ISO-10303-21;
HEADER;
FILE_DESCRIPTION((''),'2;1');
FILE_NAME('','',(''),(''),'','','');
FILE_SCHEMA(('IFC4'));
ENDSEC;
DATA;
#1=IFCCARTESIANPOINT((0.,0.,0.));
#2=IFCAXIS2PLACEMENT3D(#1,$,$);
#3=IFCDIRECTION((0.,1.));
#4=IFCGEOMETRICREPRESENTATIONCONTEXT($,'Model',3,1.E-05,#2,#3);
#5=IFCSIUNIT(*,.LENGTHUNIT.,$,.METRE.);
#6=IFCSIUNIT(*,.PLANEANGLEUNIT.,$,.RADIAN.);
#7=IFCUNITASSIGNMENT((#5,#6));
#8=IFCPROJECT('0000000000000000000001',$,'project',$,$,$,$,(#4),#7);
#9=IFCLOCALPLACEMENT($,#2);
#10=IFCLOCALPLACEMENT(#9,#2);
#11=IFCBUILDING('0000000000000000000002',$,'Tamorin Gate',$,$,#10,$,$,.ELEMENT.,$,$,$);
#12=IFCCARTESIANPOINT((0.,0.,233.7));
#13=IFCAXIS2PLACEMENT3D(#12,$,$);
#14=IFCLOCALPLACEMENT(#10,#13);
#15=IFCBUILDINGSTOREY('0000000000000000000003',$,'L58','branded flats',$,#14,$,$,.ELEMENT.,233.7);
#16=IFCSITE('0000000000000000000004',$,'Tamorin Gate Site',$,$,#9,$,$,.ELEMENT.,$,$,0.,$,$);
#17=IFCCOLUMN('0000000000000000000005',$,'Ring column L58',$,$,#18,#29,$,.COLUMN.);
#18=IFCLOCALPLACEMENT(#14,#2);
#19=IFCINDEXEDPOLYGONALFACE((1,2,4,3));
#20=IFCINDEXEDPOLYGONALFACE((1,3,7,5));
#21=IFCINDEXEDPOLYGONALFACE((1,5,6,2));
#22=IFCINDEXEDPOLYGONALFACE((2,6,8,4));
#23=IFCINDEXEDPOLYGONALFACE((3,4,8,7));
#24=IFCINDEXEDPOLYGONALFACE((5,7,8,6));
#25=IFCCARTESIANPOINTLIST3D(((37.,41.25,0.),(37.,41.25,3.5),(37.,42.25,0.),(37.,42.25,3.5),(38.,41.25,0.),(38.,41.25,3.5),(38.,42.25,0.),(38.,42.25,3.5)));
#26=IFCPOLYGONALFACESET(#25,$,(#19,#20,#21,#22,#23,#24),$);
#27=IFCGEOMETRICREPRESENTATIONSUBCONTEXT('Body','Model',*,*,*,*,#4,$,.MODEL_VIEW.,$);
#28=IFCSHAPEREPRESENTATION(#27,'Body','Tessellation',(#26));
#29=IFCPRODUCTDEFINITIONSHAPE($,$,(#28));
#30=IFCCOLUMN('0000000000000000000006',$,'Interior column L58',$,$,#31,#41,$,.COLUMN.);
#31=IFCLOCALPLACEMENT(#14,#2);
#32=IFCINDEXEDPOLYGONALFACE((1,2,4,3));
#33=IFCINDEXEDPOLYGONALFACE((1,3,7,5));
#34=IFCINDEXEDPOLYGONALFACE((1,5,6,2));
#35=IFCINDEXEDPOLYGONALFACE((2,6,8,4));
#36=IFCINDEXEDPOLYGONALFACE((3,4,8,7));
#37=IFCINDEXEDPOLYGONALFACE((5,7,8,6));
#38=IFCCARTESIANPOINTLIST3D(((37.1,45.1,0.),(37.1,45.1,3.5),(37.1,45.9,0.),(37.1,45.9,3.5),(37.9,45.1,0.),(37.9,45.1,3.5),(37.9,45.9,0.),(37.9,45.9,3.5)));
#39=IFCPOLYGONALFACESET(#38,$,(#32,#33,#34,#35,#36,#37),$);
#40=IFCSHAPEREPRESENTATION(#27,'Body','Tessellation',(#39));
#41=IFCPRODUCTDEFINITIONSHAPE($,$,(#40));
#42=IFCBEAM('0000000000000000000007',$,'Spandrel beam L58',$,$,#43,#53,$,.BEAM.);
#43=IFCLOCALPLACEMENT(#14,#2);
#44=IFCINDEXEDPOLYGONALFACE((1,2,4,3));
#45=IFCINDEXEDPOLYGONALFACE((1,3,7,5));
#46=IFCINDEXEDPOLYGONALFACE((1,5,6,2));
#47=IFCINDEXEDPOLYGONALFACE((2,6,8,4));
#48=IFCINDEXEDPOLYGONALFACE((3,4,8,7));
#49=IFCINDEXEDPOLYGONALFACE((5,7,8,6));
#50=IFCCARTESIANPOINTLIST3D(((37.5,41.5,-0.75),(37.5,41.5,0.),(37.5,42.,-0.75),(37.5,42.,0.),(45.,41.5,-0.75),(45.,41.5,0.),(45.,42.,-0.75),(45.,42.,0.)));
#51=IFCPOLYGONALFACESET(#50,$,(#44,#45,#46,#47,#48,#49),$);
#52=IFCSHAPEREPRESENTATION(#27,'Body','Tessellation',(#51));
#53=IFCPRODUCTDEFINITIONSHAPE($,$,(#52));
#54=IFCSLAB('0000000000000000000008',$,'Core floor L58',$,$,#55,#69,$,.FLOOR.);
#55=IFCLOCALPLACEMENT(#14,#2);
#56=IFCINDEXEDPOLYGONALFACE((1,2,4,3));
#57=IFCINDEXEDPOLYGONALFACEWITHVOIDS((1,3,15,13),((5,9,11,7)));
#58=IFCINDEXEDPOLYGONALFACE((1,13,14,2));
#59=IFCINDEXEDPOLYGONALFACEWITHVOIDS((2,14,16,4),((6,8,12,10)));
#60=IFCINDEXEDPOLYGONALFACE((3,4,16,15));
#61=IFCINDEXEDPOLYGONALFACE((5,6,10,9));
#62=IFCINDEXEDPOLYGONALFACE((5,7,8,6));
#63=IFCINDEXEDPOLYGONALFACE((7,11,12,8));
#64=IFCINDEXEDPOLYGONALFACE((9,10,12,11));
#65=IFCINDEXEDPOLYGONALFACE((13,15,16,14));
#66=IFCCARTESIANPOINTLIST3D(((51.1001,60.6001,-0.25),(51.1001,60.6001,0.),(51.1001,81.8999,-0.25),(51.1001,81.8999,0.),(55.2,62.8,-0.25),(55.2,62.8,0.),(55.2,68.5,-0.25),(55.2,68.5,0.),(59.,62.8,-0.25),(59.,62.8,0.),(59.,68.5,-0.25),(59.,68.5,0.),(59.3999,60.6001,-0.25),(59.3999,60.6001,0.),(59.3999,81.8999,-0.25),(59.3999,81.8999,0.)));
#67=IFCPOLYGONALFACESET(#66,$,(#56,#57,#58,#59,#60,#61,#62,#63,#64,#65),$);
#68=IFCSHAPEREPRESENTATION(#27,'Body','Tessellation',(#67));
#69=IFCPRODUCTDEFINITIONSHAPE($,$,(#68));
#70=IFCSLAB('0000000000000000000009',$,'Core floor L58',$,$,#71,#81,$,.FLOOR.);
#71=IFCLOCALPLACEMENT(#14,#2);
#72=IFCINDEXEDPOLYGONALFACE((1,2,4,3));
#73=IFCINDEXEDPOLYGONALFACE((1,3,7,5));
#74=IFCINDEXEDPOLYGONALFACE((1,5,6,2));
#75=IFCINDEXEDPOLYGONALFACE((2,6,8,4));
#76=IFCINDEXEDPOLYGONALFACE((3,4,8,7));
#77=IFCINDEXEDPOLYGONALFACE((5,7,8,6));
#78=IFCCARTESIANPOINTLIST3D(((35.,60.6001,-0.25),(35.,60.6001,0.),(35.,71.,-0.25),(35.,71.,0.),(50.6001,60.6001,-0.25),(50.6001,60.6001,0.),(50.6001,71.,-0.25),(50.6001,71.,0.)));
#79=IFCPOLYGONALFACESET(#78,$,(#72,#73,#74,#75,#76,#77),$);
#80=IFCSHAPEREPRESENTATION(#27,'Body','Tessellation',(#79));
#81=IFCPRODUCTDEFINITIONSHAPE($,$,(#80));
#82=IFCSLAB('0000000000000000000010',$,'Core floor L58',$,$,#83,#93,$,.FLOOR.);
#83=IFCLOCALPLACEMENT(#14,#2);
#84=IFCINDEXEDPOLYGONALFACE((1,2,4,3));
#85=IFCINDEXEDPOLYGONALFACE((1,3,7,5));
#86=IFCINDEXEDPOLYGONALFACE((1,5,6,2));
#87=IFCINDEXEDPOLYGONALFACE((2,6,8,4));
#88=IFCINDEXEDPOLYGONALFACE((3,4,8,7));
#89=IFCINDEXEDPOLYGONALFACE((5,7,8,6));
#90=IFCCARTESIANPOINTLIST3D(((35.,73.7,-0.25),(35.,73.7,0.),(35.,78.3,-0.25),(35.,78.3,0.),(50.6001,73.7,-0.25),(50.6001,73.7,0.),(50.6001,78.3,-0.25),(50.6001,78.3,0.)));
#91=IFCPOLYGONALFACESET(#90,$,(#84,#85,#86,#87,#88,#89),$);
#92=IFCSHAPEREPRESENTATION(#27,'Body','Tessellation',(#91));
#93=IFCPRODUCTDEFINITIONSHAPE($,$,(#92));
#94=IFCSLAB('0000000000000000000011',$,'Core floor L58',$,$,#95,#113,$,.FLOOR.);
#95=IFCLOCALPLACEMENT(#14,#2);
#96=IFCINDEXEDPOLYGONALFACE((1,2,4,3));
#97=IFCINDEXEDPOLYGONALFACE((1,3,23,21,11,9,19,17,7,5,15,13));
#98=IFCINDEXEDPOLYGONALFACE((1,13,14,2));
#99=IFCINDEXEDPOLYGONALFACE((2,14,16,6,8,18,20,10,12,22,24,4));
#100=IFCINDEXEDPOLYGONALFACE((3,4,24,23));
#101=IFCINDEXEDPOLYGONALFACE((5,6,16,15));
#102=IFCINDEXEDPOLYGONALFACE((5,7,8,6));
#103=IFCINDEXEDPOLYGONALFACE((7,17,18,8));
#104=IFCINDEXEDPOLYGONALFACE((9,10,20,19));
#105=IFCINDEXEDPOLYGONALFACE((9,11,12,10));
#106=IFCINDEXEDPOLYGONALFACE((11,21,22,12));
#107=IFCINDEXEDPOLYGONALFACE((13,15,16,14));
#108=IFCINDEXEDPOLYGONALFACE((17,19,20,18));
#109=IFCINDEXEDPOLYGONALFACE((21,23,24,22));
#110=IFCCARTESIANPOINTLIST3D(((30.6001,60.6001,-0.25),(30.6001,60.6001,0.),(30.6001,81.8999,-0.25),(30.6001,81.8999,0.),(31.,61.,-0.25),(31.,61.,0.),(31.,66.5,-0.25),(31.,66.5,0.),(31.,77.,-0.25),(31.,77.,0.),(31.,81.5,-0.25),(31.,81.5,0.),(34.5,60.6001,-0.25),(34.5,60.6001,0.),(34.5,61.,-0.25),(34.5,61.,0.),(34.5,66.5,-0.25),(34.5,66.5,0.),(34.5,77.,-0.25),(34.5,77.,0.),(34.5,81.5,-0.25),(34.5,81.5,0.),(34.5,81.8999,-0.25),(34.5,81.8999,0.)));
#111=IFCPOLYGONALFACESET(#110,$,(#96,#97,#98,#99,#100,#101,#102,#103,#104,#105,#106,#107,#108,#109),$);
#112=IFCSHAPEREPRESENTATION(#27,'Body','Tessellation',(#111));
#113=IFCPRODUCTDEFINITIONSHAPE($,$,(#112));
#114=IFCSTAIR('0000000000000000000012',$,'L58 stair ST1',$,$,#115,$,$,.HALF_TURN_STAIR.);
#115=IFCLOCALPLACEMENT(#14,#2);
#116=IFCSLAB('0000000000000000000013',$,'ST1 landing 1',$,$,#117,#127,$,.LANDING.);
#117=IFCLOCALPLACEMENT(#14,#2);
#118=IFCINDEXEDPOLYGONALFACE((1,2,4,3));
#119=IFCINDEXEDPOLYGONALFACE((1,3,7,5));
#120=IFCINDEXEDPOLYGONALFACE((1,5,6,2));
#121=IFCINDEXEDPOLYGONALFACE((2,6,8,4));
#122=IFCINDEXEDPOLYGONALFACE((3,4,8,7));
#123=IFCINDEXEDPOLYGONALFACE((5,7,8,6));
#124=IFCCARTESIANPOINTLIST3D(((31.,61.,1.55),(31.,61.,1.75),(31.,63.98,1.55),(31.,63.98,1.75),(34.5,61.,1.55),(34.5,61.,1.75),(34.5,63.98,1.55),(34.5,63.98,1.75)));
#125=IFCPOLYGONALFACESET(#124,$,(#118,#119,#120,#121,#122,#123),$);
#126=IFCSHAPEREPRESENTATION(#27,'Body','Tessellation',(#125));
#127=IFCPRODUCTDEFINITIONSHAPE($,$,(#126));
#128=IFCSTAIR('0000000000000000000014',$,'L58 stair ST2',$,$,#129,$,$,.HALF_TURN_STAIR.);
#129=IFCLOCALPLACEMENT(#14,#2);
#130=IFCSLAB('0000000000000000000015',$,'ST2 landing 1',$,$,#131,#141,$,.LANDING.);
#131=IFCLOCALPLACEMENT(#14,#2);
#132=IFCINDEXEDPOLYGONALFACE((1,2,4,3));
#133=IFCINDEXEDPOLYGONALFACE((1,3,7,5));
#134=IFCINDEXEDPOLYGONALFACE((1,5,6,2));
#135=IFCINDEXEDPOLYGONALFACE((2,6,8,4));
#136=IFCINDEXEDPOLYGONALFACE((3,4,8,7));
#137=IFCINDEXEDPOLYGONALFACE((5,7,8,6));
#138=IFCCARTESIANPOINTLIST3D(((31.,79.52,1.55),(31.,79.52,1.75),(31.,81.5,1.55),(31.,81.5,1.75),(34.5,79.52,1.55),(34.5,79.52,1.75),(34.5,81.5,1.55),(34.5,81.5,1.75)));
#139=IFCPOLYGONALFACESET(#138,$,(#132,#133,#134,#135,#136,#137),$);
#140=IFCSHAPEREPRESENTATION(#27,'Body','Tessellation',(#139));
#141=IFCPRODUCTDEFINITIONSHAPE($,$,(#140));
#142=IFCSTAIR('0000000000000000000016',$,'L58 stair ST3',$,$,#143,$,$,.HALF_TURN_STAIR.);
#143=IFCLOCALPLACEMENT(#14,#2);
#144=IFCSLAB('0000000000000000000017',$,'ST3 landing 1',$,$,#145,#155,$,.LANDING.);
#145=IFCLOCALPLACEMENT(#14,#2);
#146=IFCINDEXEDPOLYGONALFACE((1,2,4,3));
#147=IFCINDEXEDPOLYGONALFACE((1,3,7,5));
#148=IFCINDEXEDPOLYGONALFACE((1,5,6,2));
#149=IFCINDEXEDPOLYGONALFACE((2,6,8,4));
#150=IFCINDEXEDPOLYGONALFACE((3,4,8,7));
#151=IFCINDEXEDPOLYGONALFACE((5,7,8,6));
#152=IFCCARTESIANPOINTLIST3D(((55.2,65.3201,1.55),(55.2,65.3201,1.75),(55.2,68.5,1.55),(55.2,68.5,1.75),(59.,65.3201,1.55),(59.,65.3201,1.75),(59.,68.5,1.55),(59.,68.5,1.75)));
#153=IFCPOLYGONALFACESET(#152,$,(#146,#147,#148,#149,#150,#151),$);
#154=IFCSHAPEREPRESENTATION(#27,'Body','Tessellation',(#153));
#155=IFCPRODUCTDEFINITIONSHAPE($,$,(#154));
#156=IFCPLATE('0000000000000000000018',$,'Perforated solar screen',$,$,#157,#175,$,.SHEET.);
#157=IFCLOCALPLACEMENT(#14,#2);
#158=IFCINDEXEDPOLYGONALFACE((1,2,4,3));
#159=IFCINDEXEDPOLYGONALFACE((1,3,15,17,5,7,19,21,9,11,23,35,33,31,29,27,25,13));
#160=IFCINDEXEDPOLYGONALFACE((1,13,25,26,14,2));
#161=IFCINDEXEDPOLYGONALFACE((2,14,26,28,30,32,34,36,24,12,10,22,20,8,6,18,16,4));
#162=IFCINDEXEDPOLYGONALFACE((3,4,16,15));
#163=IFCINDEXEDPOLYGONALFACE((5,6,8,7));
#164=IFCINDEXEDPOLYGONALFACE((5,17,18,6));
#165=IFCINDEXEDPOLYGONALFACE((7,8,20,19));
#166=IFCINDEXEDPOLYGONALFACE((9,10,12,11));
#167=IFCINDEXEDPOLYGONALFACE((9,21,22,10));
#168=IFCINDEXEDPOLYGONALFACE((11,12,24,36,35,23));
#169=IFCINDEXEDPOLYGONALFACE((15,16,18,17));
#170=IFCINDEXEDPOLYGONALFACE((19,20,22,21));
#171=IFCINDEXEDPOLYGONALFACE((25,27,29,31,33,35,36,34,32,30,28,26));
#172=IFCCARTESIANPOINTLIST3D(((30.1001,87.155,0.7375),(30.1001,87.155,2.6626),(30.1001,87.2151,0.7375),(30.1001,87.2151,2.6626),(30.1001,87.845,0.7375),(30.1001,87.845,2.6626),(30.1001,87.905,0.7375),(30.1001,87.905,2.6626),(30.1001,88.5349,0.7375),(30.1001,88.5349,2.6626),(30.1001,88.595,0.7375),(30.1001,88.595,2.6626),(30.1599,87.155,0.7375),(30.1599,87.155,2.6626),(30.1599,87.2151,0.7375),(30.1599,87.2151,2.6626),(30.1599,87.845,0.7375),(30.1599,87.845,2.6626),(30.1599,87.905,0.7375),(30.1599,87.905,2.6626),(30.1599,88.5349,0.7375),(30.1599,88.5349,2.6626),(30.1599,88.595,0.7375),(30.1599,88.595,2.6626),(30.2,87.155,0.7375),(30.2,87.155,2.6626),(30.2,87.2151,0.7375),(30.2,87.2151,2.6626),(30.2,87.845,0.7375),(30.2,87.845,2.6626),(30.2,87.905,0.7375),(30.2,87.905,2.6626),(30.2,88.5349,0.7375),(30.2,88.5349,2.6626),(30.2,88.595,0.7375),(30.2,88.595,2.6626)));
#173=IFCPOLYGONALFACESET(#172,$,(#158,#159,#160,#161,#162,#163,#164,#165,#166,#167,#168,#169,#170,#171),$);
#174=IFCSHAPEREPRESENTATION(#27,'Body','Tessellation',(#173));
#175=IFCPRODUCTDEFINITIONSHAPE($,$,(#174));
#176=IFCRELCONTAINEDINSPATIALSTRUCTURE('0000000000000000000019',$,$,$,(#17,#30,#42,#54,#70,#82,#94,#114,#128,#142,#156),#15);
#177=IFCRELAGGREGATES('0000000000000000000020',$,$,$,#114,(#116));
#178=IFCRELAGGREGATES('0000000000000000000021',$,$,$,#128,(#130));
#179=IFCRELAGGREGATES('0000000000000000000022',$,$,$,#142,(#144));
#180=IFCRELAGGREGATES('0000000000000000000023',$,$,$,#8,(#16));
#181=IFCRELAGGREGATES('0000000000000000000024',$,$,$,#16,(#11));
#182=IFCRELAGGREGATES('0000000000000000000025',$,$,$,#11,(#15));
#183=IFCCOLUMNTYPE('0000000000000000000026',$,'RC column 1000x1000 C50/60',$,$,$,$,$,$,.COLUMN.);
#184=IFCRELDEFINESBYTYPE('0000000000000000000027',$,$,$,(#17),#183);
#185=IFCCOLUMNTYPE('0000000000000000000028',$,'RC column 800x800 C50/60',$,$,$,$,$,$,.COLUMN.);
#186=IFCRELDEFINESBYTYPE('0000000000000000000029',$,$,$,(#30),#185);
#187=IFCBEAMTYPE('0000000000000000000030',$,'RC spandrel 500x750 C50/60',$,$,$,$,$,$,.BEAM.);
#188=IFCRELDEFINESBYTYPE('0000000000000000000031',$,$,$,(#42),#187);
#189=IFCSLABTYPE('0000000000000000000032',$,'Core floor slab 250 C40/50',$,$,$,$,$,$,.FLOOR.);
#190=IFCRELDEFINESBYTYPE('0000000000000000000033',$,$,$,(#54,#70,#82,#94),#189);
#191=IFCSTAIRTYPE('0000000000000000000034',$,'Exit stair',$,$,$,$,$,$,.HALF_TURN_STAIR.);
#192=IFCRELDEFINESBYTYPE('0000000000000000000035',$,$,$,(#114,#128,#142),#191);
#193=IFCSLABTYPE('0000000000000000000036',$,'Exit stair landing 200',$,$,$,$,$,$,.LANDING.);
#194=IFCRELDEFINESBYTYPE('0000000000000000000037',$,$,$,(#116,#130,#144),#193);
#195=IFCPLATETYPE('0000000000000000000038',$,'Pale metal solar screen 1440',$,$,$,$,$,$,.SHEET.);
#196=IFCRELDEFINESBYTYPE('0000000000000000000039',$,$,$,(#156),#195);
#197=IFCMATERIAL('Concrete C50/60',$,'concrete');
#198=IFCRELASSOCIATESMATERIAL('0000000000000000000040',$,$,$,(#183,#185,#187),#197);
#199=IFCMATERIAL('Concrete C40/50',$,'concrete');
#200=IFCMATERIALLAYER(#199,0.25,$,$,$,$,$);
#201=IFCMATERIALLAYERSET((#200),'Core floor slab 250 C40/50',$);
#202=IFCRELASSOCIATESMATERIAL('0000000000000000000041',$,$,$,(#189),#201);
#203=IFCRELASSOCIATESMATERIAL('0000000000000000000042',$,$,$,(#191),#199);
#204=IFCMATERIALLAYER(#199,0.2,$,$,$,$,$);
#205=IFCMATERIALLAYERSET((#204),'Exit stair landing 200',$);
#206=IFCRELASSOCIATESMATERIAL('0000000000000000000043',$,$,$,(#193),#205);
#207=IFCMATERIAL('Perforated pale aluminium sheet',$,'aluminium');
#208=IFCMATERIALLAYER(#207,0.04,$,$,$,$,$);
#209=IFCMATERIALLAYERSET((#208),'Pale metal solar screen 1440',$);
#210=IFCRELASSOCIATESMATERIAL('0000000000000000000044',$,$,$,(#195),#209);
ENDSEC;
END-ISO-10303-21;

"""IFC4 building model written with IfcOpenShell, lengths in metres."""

from ifc_helpers import new_model, si_unit, direction, frame, origin, origin_2d, place, context, subcontext, project, spatial, polyline, rectangle, outline, extrude, material, layer, layer_set, material_profile, profile_set, type_object, element, aggregate, save


model = new_model("IFC4")

# Units and contexts
model_context = context("Model", 3, precision=1e-05, world=origin(), true_north=direction((0.0, 1.0)))
body_context = subcontext(model_context, "Body", "Model", "MODEL_VIEW")
ifc_project = project(units=[si_unit("LENGTHUNIT", "METRE"), si_unit("PLANEANGLEUNIT", "RADIAN")], contexts=[model_context])

# Site, building, storey
site_placement = place(None, origin())
site = spatial("IfcSite", under=ifc_project, at=site_placement, Name="Tamorin Gate Site", CompositionType="ELEMENT", RefElevation=0.0)
building_placement = place(site_placement, origin())
building = spatial("IfcBuilding", under=site, at=building_placement, Name="Tamorin Gate", CompositionType="ELEMENT")
storey_placement = place(building_placement, frame((0.0, 0.0, 233.7)))
storey = spatial("IfcBuildingStorey", under=building, at=storey_placement, Name="L58", Description="branded flats", CompositionType="ELEMENT", Elevation=233.7)

# Columns
ifc_material_1 = material(Name="Concrete C50/60", Category="concrete")
ifc_material_profile_1 = material_profile(ifc_material_1, rectangle(XDim=1.0, YDim=1.0, at=origin_2d()), Name="RC 1000x1000")
ifc_profile_set_1 = profile_set([ifc_material_profile_1], Name="Concrete C50/60")
column_type_1 = type_object("IfcColumnType", Name="RC column 1000x1000 C50/60", PredefinedType="COLUMN", material=ifc_profile_set_1)
column_1_placement = place(storey_placement, frame((37.5, 41.75, 0.0), z_axis=(0.0, 0.0, 1.0), x_axis=(1.0, 0.0, 0.0)))
element("IfcColumn", 1, at=column_1_placement, inside=storey, type_object=column_type_1, Name="Ring column L58", PredefinedType="COLUMN", context=body_context, shape_type="SweptSolid", body=[
    extrude(rectangle(XDim=1.0, YDim=1.0, at=origin_2d()), origin(), (0.0, 0.0, 1.0), 3.5),
])
ifc_material_profile_2 = material_profile(ifc_material_1, rectangle(XDim=0.8, YDim=0.8, at=origin_2d()), Name="RC 800x800")
ifc_profile_set_2 = profile_set([ifc_material_profile_2], Name="Concrete C50/60")
column_type_2 = type_object("IfcColumnType", Name="RC column 800x800 C50/60", PredefinedType="COLUMN", material=ifc_profile_set_2)
column_2_placement = place(storey_placement, frame((37.5, 45.5, 0.0), z_axis=(0.0, 0.0, 1.0), x_axis=(1.0, 0.0, 0.0)))
element("IfcColumn", 2, at=column_2_placement, inside=storey, type_object=column_type_2, Name="Interior column L58", PredefinedType="COLUMN", context=body_context, shape_type="SweptSolid", body=[
    extrude(rectangle(XDim=0.8, YDim=0.8, at=origin_2d()), origin(), (0.0, 0.0, 1.0), 3.5),
])

# Beam
ifc_material_profile_3 = material_profile(ifc_material_1, rectangle(XDim=0.5, YDim=0.75, at=origin_2d()), Name="RC 500x750")
ifc_profile_set_3 = profile_set([ifc_material_profile_3], Name="Concrete C50/60")
beam_type = type_object("IfcBeamType", Name="RC spandrel 500x750 C50/60", PredefinedType="BEAM", material=ifc_profile_set_3)
beam_placement = place(storey_placement, frame((37.5, 41.75, -0.375), z_axis=(1.0, 0.0, 0.0), x_axis=(0.0, 1.0, 0.0)))
element("IfcBeam", 3, at=beam_placement, inside=storey, type_object=beam_type, Name="Spandrel beam L58", PredefinedType="BEAM", context=body_context, shape_type="SweptSolid", body=[
    extrude(rectangle(XDim=0.5, YDim=0.75, at=origin_2d()), origin(), (0.0, 0.0, 1.0), 7.5),
])

# Slabs
ifc_material_2 = material(Name="Concrete C40/50", Category="concrete")
ifc_layer_1 = layer(ifc_material_2, 0.25)
ifc_layer_set_1 = layer_set([ifc_layer_1], Name="Core floor slab 250 C40/50")
slab_type_1 = type_object("IfcSlabType", Name="Core floor slab 250 C40/50", PredefinedType="FLOOR", material=ifc_layer_set_1)
slab_1_placement = place(storey_placement, frame((0.0, 0.0, -0.25)))
element("IfcSlab", 4, at=slab_1_placement, inside=storey, type_object=slab_type_1, Name="Core floor L58", PredefinedType="FLOOR", context=body_context, shape_type="SweptSolid", body=[
    extrude(outline(polyline([(51.1001, 81.8999), (59.3999, 81.8999), (59.3999, 60.6001), (51.1001, 60.6001), (51.1001, 81.8999)]), holes=[polyline([(55.2, 62.8), (59.0, 62.8), (59.0, 68.5), (55.2, 68.5), (55.2, 62.8)])]), origin(), (0.0, 0.0, 1.0), 0.25),
])
slab_2_placement = place(storey_placement, frame((0.0, 0.0, -0.25)))
element("IfcSlab", 5, at=slab_2_placement, inside=storey, type_object=slab_type_1, Name="Core floor L58", PredefinedType="FLOOR", context=body_context, shape_type="SweptSolid", body=[
    extrude(outline(polyline([(50.6001, 71.0), (50.6001, 60.6001), (35.0, 60.6001), (35.0, 71.0), (50.6001, 71.0)])), origin(), (0.0, 0.0, 1.0), 0.25),
])
slab_3_placement = place(storey_placement, frame((0.0, 0.0, -0.25)))
element("IfcSlab", 6, at=slab_3_placement, inside=storey, type_object=slab_type_1, Name="Core floor L58", PredefinedType="FLOOR", context=body_context, shape_type="SweptSolid", body=[
    extrude(outline(polyline([(50.6001, 73.7), (35.0, 73.7), (35.0, 78.3), (50.6001, 78.3), (50.6001, 73.7)])), origin(), (0.0, 0.0, 1.0), 0.25),
])
slab_4_placement = place(storey_placement, frame((0.0, 0.0, -0.25)))
element("IfcSlab", 7, at=slab_4_placement, inside=storey, type_object=slab_type_1, Name="Core floor L58", PredefinedType="FLOOR", context=body_context, shape_type="SweptSolid", body=[
    extrude(outline(polyline([(34.5, 60.6001), (30.6001, 60.6001), (30.6001, 81.8999), (34.5, 81.8999), (34.5, 81.5), (31.0, 81.5), (31.0, 77.0), (34.5, 77.0), (34.5, 66.5), (31.0, 66.5), (31.0, 61.0), (34.5, 61.0), (34.5, 60.6001)])), origin(), (0.0, 0.0, 1.0), 0.25),
])

# Stairs, slabs
stair_type = type_object("IfcStairType", Name="Exit stair", PredefinedType="HALF_TURN_STAIR", material=ifc_material_2)
stair_1_placement = place(storey_placement, origin())
stair_1 = element("IfcStair", 8, at=stair_1_placement, inside=storey, type_object=stair_type, Name="L58 stair ST1", PredefinedType="HALF_TURN_STAIR")
ifc_layer_2 = layer(ifc_material_2, 0.2)
ifc_layer_set_2 = layer_set([ifc_layer_2], Name="Exit stair landing 200")
slab_type_2 = type_object("IfcSlabType", Name="Exit stair landing 200", PredefinedType="LANDING", material=ifc_layer_set_2)
slab_5_placement = place(storey_placement, frame((0.0, 0.0, 1.55)))
slab_5 = element("IfcSlab", 9, at=slab_5_placement, type_object=slab_type_2, Name="ST1 landing 1", PredefinedType="LANDING", context=body_context, shape_type="SweptSolid", body=[
    extrude(outline(polyline([(31.0, 63.98), (31.0, 61.0), (34.5, 61.0), (34.5, 63.98), (31.0, 63.98)])), origin(), (0.0, 0.0, 1.0), 0.2),
])
aggregate(stair_1, [slab_5])
stair_2_placement = place(storey_placement, origin())
stair_2 = element("IfcStair", 10, at=stair_2_placement, inside=storey, type_object=stair_type, Name="L58 stair ST2", PredefinedType="HALF_TURN_STAIR")
slab_6_placement = place(storey_placement, frame((0.0, 0.0, 1.55)))
slab_6 = element("IfcSlab", 11, at=slab_6_placement, type_object=slab_type_2, Name="ST2 landing 1", PredefinedType="LANDING", context=body_context, shape_type="SweptSolid", body=[
    extrude(outline(polyline([(34.5, 79.52), (34.5, 81.5), (31.0, 81.5), (31.0, 79.52), (34.5, 79.52)])), origin(), (0.0, 0.0, 1.0), 0.2),
])
aggregate(stair_2, [slab_6])
stair_3_placement = place(storey_placement, origin())
stair_3 = element("IfcStair", 12, at=stair_3_placement, inside=storey, type_object=stair_type, Name="L58 stair ST3", PredefinedType="HALF_TURN_STAIR")
slab_7_placement = place(storey_placement, frame((0.0, 0.0, 1.55)))
slab_7 = element("IfcSlab", 13, at=slab_7_placement, type_object=slab_type_2, Name="ST3 landing 1", PredefinedType="LANDING", context=body_context, shape_type="SweptSolid", body=[
    extrude(outline(polyline([(59.0, 65.3201), (59.0, 68.5), (55.2, 68.5), (55.2, 65.3201), (59.0, 65.3201)])), origin(), (0.0, 0.0, 1.0), 0.2),
])
aggregate(stair_3, [slab_7])

# Plate
ifc_material_3 = material(Name="Perforated pale aluminium sheet", Category="aluminium")
ifc_layer_3 = layer(ifc_material_3, 0.04)
ifc_layer_set_3 = layer_set([ifc_layer_3], Name="Pale metal solar screen 1440")
plate_type = type_object("IfcPlateType", Name="Pale metal solar screen 1440", PredefinedType="SHEET", material=ifc_layer_set_3)
plate_1_placement = place(storey_placement, frame((0.0, 0.0, 0.7375)))
element("IfcPlate", 14, at=plate_1_placement, inside=storey, type_object=plate_type, Name="Perforated solar screen", PredefinedType="SHEET", context=body_context, shape_type="SweptSolid", body=[
    extrude(outline(polyline([(30.1599, 88.595), (30.2, 88.595), (30.2, 88.5349), (30.2, 87.905), (30.2, 87.845), (30.2, 87.2151), (30.2, 87.155), (30.2, 87.155), (30.1599, 87.155), (30.1599, 87.155), (30.1001, 87.155), (30.1001, 87.2151), (30.1599, 87.2151), (30.1599, 87.845), (30.1001, 87.845), (30.1001, 87.905), (30.1599, 87.905), (30.1599, 88.5349), (30.1001, 88.5349), (30.1001, 88.595), (30.1599, 88.595)])), origin(), (0.0, 0.0, 1.0), 1.925),
])

save(model, "model.ifc")
